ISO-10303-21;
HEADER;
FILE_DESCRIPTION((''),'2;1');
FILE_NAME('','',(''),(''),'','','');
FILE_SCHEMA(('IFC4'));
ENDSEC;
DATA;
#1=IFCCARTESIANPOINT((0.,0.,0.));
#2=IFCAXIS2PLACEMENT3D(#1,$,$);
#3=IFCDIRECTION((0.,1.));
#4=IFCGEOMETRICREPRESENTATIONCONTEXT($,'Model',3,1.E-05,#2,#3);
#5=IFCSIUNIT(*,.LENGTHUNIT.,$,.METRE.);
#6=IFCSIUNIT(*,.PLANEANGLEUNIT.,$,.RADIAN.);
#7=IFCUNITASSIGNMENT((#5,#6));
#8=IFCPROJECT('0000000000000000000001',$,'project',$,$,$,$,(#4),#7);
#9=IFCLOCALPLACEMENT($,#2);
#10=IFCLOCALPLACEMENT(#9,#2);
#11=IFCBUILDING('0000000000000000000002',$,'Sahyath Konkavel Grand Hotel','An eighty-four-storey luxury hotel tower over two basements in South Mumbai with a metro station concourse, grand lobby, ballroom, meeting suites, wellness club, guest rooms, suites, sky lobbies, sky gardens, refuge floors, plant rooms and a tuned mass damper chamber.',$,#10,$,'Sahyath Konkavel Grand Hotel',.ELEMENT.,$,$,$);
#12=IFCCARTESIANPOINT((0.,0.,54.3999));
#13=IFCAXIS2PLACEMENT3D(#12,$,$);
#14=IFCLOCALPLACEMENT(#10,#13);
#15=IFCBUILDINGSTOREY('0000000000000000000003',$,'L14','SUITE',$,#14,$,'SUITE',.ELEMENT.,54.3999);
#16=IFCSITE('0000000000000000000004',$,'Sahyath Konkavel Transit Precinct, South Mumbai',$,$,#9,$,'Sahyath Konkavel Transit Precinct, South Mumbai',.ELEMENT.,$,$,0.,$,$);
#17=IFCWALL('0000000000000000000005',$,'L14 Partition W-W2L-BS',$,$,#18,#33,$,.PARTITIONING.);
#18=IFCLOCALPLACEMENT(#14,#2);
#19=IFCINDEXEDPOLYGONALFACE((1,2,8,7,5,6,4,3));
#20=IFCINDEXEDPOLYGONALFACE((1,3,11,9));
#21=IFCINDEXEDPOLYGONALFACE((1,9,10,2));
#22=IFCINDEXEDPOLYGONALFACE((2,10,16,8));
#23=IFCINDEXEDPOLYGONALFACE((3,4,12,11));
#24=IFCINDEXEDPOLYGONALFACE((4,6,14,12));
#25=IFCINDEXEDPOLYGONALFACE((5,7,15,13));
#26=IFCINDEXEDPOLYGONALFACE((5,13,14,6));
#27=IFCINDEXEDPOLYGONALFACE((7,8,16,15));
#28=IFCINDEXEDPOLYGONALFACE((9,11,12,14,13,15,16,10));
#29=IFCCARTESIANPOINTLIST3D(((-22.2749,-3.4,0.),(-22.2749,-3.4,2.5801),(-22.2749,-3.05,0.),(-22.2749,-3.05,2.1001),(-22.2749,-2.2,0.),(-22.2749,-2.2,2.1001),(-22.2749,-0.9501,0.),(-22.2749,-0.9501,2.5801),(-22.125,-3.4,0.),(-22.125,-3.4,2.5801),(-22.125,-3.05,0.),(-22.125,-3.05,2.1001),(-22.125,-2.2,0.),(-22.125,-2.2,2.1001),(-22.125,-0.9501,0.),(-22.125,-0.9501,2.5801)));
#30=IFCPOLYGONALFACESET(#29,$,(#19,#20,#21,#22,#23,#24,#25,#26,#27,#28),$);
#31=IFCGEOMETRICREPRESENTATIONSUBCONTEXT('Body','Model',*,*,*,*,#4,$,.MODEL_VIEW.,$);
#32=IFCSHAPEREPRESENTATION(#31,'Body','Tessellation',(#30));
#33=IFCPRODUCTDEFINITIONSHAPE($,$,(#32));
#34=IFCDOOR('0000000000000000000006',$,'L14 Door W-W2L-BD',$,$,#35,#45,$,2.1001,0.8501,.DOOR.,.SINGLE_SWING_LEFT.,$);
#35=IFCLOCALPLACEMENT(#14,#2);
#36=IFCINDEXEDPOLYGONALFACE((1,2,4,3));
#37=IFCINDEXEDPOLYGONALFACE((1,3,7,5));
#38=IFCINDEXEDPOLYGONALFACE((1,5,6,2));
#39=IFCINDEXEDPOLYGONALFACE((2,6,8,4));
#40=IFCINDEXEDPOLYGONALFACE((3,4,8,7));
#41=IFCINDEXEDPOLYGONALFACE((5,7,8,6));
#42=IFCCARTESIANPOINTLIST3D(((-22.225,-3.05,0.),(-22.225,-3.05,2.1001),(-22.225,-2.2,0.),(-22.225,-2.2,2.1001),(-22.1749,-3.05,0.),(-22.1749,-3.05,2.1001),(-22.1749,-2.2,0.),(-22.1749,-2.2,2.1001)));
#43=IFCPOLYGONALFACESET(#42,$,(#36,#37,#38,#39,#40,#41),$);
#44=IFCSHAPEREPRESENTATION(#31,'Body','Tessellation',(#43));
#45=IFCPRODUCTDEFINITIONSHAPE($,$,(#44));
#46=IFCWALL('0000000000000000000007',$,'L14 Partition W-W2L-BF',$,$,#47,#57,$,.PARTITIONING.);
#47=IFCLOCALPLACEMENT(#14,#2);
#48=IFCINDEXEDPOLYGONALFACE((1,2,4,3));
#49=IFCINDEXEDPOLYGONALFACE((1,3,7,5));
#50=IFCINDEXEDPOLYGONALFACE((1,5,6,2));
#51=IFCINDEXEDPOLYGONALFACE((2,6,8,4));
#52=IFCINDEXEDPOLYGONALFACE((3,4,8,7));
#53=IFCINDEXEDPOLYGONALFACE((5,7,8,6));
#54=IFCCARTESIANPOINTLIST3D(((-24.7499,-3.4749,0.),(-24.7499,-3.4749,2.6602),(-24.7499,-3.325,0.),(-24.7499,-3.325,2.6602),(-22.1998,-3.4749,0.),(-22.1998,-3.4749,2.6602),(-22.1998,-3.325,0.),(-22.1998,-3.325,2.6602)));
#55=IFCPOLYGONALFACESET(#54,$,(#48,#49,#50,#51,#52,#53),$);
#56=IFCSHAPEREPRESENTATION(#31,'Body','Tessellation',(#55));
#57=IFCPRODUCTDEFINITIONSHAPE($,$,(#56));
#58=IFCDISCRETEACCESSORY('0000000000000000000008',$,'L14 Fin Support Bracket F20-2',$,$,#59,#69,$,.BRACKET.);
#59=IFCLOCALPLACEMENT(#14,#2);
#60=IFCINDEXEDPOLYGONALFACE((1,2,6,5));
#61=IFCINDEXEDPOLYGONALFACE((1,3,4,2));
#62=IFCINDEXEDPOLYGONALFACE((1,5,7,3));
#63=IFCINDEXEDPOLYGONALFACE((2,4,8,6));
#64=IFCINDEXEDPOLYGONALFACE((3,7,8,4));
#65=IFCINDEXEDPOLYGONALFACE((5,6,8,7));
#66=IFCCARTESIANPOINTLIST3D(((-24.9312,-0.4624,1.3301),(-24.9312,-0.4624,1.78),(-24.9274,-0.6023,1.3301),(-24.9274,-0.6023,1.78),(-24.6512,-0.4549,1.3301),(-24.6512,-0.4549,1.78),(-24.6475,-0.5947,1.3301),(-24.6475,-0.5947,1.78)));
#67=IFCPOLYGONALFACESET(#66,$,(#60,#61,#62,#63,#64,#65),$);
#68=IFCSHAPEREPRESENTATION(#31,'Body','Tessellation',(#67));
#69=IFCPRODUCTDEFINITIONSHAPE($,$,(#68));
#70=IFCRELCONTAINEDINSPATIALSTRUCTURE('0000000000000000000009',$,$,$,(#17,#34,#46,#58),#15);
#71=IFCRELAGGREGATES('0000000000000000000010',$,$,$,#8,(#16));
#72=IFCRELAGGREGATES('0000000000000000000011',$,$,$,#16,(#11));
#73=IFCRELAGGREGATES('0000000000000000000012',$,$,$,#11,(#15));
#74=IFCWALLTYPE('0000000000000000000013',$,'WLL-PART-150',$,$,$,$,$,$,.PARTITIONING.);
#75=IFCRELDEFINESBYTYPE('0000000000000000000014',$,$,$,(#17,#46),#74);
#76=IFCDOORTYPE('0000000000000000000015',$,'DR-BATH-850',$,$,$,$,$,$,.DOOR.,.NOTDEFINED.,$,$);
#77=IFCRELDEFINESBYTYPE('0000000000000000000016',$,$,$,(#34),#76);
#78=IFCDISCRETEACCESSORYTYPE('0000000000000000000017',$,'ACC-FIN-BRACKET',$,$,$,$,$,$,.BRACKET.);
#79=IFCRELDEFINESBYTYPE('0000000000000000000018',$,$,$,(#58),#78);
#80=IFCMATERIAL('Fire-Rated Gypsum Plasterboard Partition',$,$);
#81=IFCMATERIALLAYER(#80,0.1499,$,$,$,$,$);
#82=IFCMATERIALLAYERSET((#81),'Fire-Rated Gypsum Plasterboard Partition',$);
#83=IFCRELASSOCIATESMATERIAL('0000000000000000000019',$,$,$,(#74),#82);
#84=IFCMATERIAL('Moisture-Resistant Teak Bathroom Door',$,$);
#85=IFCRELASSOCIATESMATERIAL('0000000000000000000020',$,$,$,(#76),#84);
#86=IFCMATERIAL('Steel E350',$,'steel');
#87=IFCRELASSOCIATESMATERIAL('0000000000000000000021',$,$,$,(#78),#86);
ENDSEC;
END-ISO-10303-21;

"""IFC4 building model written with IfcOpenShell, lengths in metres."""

from ifc_helpers import new_model, si_unit, direction, frame, frame_2d, origin, origin_2d, place, context, subcontext, project, spatial, rectangle, extrude, source, transform, mapped, material, layer, layer_set, type_object, element, fill, save


model = new_model("IFC4")

# Units and contexts
model_context = context("Model", 3, precision=1e-05, world=origin(), true_north=direction((0.0, 1.0)))
body_context = subcontext(model_context, "Body", "Model", "MODEL_VIEW")
ifc_project = project(units=[si_unit("LENGTHUNIT", "METRE"), si_unit("PLANEANGLEUNIT", "RADIAN")], contexts=[model_context])

# Site, building, storey
site_placement = place(None, origin())
site = spatial("IfcSite", under=ifc_project, at=site_placement, Name="Sahyath Konkavel Transit Precinct, South Mumbai", LongName="Sahyath Konkavel Transit Precinct, South Mumbai", CompositionType="ELEMENT", RefElevation=0.0)
building_placement = place(site_placement, origin())
building = spatial("IfcBuilding", under=site, at=building_placement, Name="Sahyath Konkavel Grand Hotel", Description="An eighty-four-storey luxury hotel tower over two basements in South Mumbai with a metro station concourse, grand lobby, ballroom, meeting suites, wellness club, guest rooms, suites, sky lobbies, sky gardens, refuge floors, plant rooms and a tuned mass damper chamber.", LongName="Sahyath Konkavel Grand Hotel", CompositionType="ELEMENT")
storey_placement = place(building_placement, frame((0.0, 0.0, 54.3999)))
storey = spatial("IfcBuildingStorey", under=building, at=storey_placement, Name="L14", Description="SUITE", LongName="SUITE", CompositionType="ELEMENT", Elevation=54.3999)

# Shared definitions
ifc_material_1 = material(Name="Steel E350", Category="steel")

# Wall, opening, door
ifc_material_2 = material(Name="Fire-Rated Gypsum Plasterboard Partition")
ifc_layer_1 = layer(ifc_material_2, 0.1499)
ifc_layer_set_1 = layer_set([ifc_layer_1], Name="Fire-Rated Gypsum Plasterboard Partition")
wall_type_1 = type_object("IfcWallType", Name="WLL-PART-150", PredefinedType="PARTITIONING", material=ifc_layer_set_1)
wall_1_placement = place(storey_placement, frame((-22.2, -0.95, 0.0), z_axis=(0.0, 0.0, 1.0), x_axis=(0.0, -1.0, 0.0)))
wall_1 = element("IfcWall", 1, at=wall_1_placement, inside=storey, type_object=wall_type_1, Name="L14 Partition W-W2L-BS", PredefinedType="PARTITIONING", context=body_context, shape_type="SweptSolid", body=[
    extrude(rectangle(XDim=2.45, YDim=0.1499, at=frame_2d((1.2251, 0.0))), origin(), (0.0, 0.0, 1.0), 2.5801),
])
opening_placement = place(wall_1_placement, frame((1.25, 0.0, 0.0)))
opening = element("IfcOpeningElement", 2, at=opening_placement, cuts=wall_1, PredefinedType="OPENING", context=body_context, shape_type="SweptSolid", body=[
    extrude(rectangle(XDim=0.8501, YDim=2.1001, at=frame_2d((0.425, 1.05))), frame((0.0, 0.085, 0.0), z_axis=(0.0, -1.0, 0.0), x_axis=(1.0, 0.0, 0.0)), (0.0, 0.0, 1.0), 0.1699),
])
ifc_material_3 = material(Name="Moisture-Resistant Teak Bathroom Door")
door_type = type_object("IfcDoorType", Name="DR-BATH-850", OperationType="NOTDEFINED", PredefinedType="DOOR", material=ifc_material_3)
shared_shape_1 = source(origin(), body_context, "Body", "SweptSolid", [
    extrude(rectangle(XDim=0.8501, YDim=0.05, at=origin_2d()), origin(), (0.0, 0.0, 1.0), 2.1001),
])
door_placement = place(opening_placement, frame((0.425, 0.0, 0.0)))
door = element("IfcDoor", 3, at=door_placement, inside=storey, type_object=door_type, Name="L14 Door W-W2L-BD", OperationType="SINGLE_SWING_LEFT", OverallHeight=2.1001, OverallWidth=0.8501, PredefinedType="DOOR", context=body_context, shape_type="MappedRepresentation", body=[
    mapped(shared_shape_1, transform((0.0, 0.0, 0.0), scale=1.0)),
])
fill(opening, door)

# Wall
wall_2_placement = place(storey_placement, frame((-22.2, -3.3999, 0.0), z_axis=(0.0, 0.0, 1.0), x_axis=(-1.0, 0.0, 0.0)))
element("IfcWall", 4, at=wall_2_placement, inside=storey, type_object=wall_type_1, Name="L14 Partition W-W2L-BF", PredefinedType="PARTITIONING", context=body_context, shape_type="SweptSolid", body=[
    extrude(rectangle(XDim=2.55, YDim=0.1499, at=frame_2d((1.2749, 0.0))), origin(), (0.0, 0.0, 1.0), 2.6602),
])

# Discrete accessory
discrete_accessory_type = type_object("IfcDiscreteAccessoryType", Name="ACC-FIN-BRACKET", PredefinedType="BRACKET", material=ifc_material_1)
shared_shape_2 = source(origin(), body_context, "Body", "SweptSolid", [
    extrude(rectangle(XDim=0.28, YDim=0.1399, at=origin_2d()), origin(), (0.0, 0.0, 1.0), 0.45),
])
discrete_accessory_placement = place(storey_placement, frame((-24.7893, -0.5286, 1.3301), z_axis=(0.0, 0.0, 1.0), x_axis=(-0.999638, -0.02691, 0.0)))
element("IfcDiscreteAccessory", 5, at=discrete_accessory_placement, inside=storey, type_object=discrete_accessory_type, Name="L14 Fin Support Bracket F20-2", PredefinedType="BRACKET", context=body_context, shape_type="MappedRepresentation", body=[
    mapped(shared_shape_2, transform((0.0, 0.0, 0.0), scale=1.0)),
])

save(model, "model.ifc")
